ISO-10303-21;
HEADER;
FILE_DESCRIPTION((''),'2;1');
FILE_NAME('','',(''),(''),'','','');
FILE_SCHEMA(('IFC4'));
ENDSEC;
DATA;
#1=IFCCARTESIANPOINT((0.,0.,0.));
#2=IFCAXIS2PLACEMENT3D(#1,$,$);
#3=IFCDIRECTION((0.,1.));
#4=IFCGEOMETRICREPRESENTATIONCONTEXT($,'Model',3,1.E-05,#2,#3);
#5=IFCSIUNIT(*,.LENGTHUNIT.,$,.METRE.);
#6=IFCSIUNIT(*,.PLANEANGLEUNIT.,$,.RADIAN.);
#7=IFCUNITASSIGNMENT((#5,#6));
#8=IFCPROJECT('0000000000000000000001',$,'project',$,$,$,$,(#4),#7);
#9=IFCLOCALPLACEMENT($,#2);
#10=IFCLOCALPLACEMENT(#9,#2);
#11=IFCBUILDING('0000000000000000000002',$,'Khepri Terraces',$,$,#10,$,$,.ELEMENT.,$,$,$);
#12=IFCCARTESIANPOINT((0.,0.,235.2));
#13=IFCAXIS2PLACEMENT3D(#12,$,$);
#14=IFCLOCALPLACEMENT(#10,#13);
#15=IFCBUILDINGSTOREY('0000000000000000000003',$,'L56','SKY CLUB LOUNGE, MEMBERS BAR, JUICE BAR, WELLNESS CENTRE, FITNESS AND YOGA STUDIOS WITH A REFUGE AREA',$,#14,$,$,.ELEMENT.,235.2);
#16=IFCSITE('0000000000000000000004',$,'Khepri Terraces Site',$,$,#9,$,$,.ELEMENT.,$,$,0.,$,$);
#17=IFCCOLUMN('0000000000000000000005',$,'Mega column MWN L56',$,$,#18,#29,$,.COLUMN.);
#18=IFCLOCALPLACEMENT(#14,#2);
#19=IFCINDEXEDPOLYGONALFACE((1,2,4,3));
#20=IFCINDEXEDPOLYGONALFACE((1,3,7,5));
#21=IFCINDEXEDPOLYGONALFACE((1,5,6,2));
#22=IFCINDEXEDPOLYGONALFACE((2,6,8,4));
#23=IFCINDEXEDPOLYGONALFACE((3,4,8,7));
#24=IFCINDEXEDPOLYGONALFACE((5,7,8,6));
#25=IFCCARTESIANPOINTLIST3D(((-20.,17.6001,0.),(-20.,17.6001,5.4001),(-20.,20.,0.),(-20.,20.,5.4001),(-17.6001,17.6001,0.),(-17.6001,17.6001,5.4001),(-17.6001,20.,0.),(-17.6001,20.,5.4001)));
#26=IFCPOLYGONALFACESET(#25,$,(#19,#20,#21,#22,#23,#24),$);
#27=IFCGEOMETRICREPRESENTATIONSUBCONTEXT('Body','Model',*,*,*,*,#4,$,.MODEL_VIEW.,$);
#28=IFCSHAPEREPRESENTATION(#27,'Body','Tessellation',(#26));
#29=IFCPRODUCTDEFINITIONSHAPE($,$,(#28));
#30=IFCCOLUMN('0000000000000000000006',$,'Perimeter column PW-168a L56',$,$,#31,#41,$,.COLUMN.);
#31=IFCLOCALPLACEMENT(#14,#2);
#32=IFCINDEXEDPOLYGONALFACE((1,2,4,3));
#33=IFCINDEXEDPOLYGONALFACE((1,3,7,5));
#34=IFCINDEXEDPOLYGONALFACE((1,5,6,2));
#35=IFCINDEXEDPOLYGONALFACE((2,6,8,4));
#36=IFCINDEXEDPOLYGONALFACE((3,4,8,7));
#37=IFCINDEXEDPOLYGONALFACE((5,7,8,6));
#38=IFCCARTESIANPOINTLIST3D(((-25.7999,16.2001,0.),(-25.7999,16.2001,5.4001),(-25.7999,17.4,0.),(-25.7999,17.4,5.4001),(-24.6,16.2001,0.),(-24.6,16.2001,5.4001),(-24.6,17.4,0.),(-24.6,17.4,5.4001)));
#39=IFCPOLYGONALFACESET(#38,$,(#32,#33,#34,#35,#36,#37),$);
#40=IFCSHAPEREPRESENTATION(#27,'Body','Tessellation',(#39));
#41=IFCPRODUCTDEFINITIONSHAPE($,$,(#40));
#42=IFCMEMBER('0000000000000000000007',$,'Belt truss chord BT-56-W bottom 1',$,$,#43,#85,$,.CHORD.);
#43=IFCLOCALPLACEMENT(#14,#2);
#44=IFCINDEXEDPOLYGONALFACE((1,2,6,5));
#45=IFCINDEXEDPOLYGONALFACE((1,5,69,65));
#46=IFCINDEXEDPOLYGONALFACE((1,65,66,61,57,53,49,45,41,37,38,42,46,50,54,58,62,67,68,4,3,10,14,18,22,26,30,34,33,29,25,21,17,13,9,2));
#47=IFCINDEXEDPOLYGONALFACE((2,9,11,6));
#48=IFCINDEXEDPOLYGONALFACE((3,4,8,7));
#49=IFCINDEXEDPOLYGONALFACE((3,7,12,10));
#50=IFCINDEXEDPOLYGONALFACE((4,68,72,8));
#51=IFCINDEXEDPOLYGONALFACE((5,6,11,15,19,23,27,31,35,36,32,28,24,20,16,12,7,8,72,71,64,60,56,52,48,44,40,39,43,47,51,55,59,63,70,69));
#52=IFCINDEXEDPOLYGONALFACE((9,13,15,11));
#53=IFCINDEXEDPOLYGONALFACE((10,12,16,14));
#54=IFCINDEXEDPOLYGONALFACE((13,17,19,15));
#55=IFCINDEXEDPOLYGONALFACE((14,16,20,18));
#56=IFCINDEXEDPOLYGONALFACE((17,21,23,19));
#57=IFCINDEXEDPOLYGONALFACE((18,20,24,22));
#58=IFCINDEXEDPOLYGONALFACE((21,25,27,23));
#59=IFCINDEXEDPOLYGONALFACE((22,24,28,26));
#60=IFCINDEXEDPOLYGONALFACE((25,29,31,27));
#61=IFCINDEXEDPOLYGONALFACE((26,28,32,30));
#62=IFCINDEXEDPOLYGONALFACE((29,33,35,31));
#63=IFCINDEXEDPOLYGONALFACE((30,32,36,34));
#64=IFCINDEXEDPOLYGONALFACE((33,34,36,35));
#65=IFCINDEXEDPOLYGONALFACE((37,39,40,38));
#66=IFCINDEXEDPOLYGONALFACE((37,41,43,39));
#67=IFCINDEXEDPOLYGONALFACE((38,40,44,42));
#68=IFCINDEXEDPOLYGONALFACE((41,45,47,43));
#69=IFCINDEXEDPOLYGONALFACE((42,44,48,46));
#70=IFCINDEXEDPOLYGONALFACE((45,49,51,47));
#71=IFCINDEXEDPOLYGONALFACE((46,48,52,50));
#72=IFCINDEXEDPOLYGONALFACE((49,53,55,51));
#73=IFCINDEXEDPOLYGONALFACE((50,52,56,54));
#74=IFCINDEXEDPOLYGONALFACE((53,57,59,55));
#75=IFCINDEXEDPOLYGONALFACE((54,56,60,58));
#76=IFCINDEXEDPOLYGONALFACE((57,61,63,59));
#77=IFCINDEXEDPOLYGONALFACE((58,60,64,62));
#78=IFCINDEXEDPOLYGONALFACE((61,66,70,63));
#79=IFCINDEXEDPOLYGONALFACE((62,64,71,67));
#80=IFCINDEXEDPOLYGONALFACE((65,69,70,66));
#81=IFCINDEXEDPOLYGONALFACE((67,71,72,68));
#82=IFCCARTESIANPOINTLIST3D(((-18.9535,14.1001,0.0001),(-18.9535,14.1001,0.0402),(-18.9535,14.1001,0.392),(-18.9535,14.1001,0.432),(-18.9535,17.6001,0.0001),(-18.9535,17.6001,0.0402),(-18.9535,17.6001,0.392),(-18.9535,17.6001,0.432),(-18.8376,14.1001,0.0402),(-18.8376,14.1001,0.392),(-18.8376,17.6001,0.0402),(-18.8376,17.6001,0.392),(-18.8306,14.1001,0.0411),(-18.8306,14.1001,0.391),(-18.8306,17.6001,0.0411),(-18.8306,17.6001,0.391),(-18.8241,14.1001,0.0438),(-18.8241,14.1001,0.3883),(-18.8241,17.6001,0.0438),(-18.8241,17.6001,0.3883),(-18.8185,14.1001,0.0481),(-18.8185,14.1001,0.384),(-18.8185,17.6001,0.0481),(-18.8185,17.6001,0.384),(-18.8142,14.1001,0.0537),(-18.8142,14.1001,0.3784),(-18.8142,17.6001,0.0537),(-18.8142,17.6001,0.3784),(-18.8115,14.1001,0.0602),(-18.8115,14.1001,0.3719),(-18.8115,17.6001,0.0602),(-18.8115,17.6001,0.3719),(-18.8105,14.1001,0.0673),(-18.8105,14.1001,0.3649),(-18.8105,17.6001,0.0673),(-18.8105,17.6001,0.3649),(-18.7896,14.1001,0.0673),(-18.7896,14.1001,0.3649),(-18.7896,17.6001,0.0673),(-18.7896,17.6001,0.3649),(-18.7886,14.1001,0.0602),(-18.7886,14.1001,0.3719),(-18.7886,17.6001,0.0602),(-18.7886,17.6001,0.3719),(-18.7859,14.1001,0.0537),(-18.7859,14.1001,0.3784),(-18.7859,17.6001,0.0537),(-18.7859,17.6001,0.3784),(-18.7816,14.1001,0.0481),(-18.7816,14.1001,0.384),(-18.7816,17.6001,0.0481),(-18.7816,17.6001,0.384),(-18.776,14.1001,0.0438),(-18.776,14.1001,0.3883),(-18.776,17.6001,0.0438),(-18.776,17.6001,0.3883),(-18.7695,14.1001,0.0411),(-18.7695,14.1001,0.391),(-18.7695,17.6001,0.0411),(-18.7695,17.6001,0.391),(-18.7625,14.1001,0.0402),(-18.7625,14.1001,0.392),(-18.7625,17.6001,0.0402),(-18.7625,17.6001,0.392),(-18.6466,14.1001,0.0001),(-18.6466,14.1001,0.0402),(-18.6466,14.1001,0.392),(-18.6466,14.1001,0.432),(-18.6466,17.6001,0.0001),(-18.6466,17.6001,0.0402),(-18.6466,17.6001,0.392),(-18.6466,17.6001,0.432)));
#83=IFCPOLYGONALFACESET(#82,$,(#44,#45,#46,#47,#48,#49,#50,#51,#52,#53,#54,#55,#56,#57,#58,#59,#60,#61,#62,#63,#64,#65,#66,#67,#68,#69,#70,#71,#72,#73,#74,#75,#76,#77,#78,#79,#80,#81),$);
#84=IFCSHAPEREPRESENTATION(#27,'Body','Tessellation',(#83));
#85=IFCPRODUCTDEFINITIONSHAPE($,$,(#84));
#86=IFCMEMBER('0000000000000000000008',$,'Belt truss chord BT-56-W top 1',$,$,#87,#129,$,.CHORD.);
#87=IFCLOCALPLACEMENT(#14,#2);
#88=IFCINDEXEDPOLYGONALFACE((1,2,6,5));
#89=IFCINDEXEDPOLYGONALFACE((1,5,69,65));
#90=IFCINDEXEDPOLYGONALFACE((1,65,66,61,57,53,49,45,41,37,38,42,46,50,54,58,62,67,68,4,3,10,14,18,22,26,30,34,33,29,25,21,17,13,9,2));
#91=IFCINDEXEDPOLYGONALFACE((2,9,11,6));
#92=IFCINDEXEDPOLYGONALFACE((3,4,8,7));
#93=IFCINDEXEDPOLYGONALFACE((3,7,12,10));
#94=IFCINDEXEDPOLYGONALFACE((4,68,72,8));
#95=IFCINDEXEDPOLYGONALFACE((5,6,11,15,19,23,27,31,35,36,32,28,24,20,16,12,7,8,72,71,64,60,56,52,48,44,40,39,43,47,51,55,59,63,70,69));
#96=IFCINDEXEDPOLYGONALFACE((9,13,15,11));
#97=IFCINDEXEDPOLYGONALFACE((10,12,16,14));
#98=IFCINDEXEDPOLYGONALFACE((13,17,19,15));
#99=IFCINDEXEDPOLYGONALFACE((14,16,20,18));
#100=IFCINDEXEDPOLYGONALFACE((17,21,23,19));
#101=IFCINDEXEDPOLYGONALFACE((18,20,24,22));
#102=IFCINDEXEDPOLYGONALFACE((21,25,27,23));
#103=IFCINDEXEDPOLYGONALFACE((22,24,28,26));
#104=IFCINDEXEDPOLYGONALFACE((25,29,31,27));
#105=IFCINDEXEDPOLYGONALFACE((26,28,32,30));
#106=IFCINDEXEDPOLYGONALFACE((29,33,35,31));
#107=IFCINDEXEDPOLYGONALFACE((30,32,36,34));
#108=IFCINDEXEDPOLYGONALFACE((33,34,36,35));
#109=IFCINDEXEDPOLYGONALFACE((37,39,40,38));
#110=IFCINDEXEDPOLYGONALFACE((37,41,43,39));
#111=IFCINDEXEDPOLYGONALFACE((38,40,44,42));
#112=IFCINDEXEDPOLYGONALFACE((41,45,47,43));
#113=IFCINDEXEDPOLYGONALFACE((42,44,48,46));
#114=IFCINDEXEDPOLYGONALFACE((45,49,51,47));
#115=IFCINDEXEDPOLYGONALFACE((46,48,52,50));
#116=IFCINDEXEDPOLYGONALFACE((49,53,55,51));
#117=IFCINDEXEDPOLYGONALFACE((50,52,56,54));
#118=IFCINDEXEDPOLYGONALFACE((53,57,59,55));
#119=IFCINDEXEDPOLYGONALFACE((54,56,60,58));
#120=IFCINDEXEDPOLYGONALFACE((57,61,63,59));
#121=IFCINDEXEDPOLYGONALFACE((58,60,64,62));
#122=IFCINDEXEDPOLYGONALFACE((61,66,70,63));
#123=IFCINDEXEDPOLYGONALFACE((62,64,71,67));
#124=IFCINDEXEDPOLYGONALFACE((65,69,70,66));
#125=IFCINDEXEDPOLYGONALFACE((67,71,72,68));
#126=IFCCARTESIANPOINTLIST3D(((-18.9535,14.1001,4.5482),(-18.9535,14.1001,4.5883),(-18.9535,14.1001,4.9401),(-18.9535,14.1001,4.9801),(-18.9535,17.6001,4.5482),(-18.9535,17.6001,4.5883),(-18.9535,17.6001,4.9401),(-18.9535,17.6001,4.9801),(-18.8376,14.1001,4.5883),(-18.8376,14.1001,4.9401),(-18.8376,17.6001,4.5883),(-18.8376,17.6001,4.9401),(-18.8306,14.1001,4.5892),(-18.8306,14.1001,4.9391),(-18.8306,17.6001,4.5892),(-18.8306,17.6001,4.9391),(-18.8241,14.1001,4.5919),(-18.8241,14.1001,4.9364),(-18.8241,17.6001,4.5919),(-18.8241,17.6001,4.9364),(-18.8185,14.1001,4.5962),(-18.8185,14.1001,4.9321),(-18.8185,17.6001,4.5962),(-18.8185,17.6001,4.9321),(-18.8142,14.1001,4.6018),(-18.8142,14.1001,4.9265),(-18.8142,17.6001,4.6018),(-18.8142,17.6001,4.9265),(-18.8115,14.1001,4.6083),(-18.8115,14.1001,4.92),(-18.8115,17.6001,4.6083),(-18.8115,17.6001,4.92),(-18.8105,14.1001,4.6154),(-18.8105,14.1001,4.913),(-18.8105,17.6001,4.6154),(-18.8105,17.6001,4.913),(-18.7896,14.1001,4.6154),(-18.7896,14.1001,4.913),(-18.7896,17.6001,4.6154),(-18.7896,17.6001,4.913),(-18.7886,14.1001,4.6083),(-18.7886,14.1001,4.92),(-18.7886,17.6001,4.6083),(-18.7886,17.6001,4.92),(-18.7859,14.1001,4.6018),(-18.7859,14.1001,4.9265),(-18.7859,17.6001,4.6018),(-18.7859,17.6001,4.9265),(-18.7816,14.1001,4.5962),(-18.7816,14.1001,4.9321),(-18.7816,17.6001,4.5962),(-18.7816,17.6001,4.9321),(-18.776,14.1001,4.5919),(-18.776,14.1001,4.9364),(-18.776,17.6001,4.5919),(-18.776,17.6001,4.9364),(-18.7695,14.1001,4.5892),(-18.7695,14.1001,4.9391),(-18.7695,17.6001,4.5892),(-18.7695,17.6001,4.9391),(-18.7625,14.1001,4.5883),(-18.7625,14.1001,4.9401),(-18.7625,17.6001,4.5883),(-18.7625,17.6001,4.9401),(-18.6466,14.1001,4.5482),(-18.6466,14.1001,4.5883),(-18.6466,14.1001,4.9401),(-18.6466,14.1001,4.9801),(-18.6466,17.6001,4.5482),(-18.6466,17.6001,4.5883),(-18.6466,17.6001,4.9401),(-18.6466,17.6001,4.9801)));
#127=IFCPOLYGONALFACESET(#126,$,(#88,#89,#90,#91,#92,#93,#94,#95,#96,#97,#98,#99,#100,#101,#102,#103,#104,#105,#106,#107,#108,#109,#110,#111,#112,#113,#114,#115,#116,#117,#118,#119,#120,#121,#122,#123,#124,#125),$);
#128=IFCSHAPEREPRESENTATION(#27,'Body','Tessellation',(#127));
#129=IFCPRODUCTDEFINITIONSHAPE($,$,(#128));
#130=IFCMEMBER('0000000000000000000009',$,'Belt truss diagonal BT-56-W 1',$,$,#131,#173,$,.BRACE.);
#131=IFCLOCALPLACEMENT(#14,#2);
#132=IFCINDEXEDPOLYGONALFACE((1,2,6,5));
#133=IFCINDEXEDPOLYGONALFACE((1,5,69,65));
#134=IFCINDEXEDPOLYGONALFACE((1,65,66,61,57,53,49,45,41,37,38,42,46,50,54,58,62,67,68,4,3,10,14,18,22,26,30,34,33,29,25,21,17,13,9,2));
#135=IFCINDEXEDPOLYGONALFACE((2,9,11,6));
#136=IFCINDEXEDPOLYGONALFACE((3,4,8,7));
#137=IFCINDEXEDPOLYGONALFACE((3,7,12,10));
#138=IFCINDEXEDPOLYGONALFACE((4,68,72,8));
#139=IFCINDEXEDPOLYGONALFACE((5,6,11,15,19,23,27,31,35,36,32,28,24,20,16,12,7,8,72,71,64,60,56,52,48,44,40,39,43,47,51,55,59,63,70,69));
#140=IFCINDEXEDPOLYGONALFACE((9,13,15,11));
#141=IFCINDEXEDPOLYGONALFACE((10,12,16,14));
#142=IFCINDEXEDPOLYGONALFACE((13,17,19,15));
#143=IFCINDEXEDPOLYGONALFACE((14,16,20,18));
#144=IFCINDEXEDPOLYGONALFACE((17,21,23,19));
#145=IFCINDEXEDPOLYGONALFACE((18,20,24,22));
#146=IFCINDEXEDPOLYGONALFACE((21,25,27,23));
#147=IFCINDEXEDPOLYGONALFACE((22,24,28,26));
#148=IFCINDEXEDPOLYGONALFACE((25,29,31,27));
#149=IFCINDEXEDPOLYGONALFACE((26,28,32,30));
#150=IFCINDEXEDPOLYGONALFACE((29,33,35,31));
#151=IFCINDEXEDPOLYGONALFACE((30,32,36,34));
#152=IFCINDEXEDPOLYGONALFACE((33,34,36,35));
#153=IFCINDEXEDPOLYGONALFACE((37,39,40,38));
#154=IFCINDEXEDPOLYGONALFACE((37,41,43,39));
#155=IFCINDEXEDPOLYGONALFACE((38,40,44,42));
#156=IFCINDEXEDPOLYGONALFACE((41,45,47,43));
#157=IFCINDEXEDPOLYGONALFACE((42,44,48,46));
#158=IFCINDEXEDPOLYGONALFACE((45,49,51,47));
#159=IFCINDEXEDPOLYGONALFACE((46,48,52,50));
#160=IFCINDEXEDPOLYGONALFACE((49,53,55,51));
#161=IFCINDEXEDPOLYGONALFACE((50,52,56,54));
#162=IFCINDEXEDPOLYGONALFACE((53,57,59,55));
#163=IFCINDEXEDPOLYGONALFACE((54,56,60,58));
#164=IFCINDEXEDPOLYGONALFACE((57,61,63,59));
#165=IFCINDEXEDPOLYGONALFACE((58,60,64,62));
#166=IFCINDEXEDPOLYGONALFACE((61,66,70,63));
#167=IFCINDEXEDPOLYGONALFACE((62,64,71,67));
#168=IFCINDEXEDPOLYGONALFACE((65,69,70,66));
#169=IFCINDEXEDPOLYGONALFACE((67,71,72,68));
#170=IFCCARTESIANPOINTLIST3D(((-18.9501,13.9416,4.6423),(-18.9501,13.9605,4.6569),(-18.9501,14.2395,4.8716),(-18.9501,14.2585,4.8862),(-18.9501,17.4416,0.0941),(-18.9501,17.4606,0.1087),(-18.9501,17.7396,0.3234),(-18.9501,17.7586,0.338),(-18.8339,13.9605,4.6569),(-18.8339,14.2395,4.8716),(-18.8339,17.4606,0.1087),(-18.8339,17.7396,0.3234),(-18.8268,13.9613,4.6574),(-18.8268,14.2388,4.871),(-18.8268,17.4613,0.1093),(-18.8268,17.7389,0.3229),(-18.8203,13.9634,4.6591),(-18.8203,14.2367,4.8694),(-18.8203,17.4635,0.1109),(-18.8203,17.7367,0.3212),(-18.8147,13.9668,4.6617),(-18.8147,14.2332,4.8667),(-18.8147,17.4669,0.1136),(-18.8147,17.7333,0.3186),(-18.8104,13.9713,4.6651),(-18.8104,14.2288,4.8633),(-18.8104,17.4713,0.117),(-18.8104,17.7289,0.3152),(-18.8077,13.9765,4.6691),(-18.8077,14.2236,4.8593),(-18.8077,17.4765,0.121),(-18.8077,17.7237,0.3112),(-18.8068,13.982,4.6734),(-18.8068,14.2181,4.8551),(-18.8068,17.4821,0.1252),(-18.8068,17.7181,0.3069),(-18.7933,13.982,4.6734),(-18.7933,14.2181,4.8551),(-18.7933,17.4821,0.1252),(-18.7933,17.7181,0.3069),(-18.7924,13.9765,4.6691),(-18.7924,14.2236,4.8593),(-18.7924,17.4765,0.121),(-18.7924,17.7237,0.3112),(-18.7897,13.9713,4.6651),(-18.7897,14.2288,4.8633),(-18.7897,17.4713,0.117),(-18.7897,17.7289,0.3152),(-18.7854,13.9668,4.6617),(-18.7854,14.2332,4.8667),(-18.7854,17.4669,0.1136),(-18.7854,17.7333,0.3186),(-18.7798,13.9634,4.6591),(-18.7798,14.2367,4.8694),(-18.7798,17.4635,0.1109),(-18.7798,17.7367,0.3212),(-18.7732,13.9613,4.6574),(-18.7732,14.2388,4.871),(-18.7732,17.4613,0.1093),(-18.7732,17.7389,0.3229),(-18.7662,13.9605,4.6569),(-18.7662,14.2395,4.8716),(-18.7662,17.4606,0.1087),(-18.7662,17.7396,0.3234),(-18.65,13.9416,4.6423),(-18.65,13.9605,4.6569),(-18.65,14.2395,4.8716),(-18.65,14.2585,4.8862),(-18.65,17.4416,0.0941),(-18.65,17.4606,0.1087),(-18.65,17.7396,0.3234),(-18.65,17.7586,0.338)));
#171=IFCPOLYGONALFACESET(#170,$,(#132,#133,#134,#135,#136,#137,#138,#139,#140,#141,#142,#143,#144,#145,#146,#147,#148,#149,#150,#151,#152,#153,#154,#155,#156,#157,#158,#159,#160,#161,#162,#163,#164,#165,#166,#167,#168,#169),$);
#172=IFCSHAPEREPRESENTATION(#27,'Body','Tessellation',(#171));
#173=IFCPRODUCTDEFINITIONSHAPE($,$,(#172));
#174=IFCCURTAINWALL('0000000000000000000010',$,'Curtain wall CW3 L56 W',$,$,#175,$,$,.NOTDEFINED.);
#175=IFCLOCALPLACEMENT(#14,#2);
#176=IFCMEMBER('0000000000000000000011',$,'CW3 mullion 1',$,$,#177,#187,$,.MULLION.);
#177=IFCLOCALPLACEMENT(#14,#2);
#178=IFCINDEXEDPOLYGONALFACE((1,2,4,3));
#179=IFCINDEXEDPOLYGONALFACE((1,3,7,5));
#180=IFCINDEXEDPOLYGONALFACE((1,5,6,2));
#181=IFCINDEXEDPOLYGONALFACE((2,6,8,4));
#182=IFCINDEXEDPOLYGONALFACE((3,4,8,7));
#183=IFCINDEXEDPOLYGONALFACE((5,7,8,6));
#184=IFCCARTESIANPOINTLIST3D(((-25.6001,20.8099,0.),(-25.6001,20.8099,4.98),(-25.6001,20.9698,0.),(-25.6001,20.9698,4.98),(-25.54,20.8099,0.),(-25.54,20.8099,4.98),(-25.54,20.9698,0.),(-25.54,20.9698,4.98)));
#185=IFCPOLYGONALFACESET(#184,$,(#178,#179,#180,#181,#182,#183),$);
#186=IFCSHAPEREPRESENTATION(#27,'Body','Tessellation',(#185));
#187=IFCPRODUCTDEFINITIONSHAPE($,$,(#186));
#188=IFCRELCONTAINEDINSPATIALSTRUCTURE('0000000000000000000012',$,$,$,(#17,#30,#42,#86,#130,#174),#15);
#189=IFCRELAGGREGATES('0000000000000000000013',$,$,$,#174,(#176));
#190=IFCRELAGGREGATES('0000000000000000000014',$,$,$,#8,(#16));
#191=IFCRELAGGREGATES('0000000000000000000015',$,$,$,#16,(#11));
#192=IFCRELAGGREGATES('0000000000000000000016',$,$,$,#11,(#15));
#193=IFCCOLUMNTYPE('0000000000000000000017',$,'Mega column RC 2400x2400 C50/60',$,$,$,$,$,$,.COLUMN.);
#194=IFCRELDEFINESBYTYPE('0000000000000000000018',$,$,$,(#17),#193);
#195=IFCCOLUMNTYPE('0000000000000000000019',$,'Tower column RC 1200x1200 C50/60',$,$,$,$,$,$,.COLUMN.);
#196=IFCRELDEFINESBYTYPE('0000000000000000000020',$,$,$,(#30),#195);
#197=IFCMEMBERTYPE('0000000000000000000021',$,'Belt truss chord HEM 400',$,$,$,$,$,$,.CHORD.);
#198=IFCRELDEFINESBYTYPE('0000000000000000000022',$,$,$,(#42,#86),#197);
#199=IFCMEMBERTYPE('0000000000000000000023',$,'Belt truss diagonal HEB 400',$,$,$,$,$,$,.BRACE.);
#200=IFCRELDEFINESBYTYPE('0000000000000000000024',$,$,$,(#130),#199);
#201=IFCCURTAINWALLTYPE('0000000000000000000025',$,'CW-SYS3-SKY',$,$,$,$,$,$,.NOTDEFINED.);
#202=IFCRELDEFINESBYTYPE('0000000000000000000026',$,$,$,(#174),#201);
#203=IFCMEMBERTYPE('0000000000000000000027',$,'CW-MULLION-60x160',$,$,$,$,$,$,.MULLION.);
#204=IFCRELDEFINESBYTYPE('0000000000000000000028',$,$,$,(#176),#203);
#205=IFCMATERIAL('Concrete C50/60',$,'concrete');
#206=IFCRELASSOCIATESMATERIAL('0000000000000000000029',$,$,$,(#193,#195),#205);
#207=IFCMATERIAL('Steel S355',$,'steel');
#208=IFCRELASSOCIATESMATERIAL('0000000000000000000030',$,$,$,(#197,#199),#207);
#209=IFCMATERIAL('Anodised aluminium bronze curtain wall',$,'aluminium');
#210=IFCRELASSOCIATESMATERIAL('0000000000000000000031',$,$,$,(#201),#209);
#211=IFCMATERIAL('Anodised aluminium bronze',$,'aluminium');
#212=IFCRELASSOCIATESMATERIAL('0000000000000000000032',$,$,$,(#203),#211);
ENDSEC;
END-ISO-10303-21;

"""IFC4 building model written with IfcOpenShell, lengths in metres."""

from ifc_helpers import new_model, si_unit, direction, frame, origin, origin_2d, place, context, subcontext, project, spatial, rectangle, i_section, extrude, material, material_profile, profile_set, type_object, element, aggregate, save


model = new_model("IFC4")

# Units and contexts
model_context = context("Model", 3, precision=1e-05, world=origin(), true_north=direction((0.0, 1.0)))
body_context = subcontext(model_context, "Body", "Model", "MODEL_VIEW")
ifc_project = project(units=[si_unit("LENGTHUNIT", "METRE"), si_unit("PLANEANGLEUNIT", "RADIAN")], contexts=[model_context])

# Site, building, storey
site_placement = place(None, origin())
site = spatial("IfcSite", under=ifc_project, at=site_placement, Name="Khepri Terraces Site", CompositionType="ELEMENT", RefElevation=0.0)
building_placement = place(site_placement, origin())
building = spatial("IfcBuilding", under=site, at=building_placement, Name="Khepri Terraces", CompositionType="ELEMENT")
storey_placement = place(building_placement, frame((0.0, 0.0, 235.2)))
storey = spatial("IfcBuildingStorey", under=building, at=storey_placement, Name="L56", Description="SKY CLUB LOUNGE, MEMBERS BAR, JUICE BAR, WELLNESS CENTRE, FITNESS AND YOGA STUDIOS WITH A REFUGE AREA", CompositionType="ELEMENT", Elevation=235.2)

# Columns
ifc_material_1 = material(Name="Concrete C50/60", Category="concrete")
ifc_material_profile_1 = material_profile(ifc_material_1, rectangle(XDim=2.3999, YDim=2.3999, at=origin_2d()), Name="Concrete C50/60", Category="concrete")
ifc_profile_set_1 = profile_set([ifc_material_profile_1], Name="Concrete C50/60")
column_type_1 = type_object("IfcColumnType", Name="Mega column RC 2400x2400 C50/60", PredefinedType="COLUMN", material=ifc_profile_set_1)
column_1_placement = place(storey_placement, frame((-18.8, 18.8, 0.0), z_axis=(0.0, 0.0, 1.0), x_axis=(1.0, 0.0, 0.0)))
element("IfcColumn", 1, at=column_1_placement, inside=storey, type_object=column_type_1, Name="Mega column MWN L56", PredefinedType="COLUMN", context=body_context, shape_type="SweptSolid", body=[
    extrude(rectangle(XDim=2.3999, YDim=2.3999, at=origin_2d()), origin(), (0.0, 0.0, 1.0), 5.4001),
])
ifc_material_profile_2 = material_profile(ifc_material_1, rectangle(XDim=1.2, YDim=1.2, at=origin_2d()), Name="Concrete C50/60", Category="concrete")
ifc_profile_set_2 = profile_set([ifc_material_profile_2], Name="Concrete C50/60")
column_type_2 = type_object("IfcColumnType", Name="Tower column RC 1200x1200 C50/60", PredefinedType="COLUMN", material=ifc_profile_set_2)
column_2_placement = place(storey_placement, frame((-25.2, 16.8, 0.0), z_axis=(0.0, 0.0, 1.0), x_axis=(1.0, 0.0, 0.0)))
element("IfcColumn", 2, at=column_2_placement, inside=storey, type_object=column_type_2, Name="Perimeter column PW-168a L56", PredefinedType="COLUMN", context=body_context, shape_type="SweptSolid", body=[
    extrude(rectangle(XDim=1.2, YDim=1.2, at=origin_2d()), origin(), (0.0, 0.0, 1.0), 5.4001),
])

# Members
ifc_material_2 = material(Name="Steel S355", Category="steel")
ifc_material_profile_3 = material_profile(ifc_material_2, i_section(OverallWidth=0.3069, OverallDepth=0.4319, WebThickness=0.021, FlangeThickness=0.04, FilletRadius=0.0271, at=origin_2d()), Name="Steel S355", Category="steel")
ifc_profile_set_3 = profile_set([ifc_material_profile_3], Name="Steel S355")
member_type_1 = type_object("IfcMemberType", Name="Belt truss chord HEM 400", PredefinedType="CHORD", material=ifc_profile_set_3)
for number, where, z_axis, x_axis, name in (
    (3, (-18.8, 17.6001, 0.2161), (0.0, -1.0, 0.0), (1.0, 0.0, 0.0), "Belt truss chord BT-56-W bottom 1"),
    (4, (-18.8, 17.6001, 4.7642), (0.0, -1.0, 0.0), (1.0, 0.0, 0.0), "Belt truss chord BT-56-W top 1"),
):
    element("IfcMember", number, at=place(storey_placement, frame(where, z_axis=z_axis, x_axis=x_axis)), inside=storey, type_object=member_type_1, Name=name, PredefinedType="CHORD", context=body_context, shape_type="SweptSolid", body=[
        extrude(i_section(OverallWidth=0.3069, OverallDepth=0.4319, WebThickness=0.021, FlangeThickness=0.04, FilletRadius=0.0271, at=origin_2d()), origin(), (0.0, 0.0, 1.0), 3.5),
    ])
ifc_material_profile_4 = material_profile(ifc_material_2, i_section(OverallWidth=0.3, OverallDepth=0.3999, WebThickness=0.0134, FlangeThickness=0.0239, FilletRadius=0.0271, at=origin_2d()), Name="Steel S355", Category="steel")
ifc_profile_set_4 = profile_set([ifc_material_profile_4], Name="Steel S355")
member_type_2 = type_object("IfcMemberType", Name="Belt truss diagonal HEB 400", PredefinedType="BRACE", material=ifc_profile_set_4)
member_1_placement = place(storey_placement, frame((-18.8, 17.6001, 0.2161), z_axis=(0.0, -0.609871, 0.792501), x_axis=(1.0, 0.0, 0.0)))
element("IfcMember", 5, at=member_1_placement, inside=storey, type_object=member_type_2, Name="Belt truss diagonal BT-56-W 1", PredefinedType="BRACE", context=body_context, shape_type="SweptSolid", body=[
    extrude(i_section(OverallWidth=0.3, OverallDepth=0.3999, WebThickness=0.0134, FlangeThickness=0.0239, FilletRadius=0.0271, at=origin_2d()), origin(), (0.0, 0.0, 1.0), 5.739),
])

# Curtain wall, member
ifc_material_3 = material(Name="Anodised aluminium bronze curtain wall", Category="aluminium")
curtain_wall_type = type_object("IfcCurtainWallType", Name="CW-SYS3-SKY", PredefinedType="NOTDEFINED", material=ifc_material_3)
curtain_wall_1_placement = place(storey_placement, origin())
curtain_wall_1 = element("IfcCurtainWall", 6, at=curtain_wall_1_placement, inside=storey, type_object=curtain_wall_type, Name="Curtain wall CW3 L56 W", PredefinedType="NOTDEFINED")
ifc_material_4 = material(Name="Anodised aluminium bronze", Category="aluminium")
ifc_material_profile_5 = material_profile(ifc_material_4, rectangle(XDim=0.0601, YDim=0.1599, at=origin_2d()), Name="Anodised aluminium bronze", Category="aluminium")
ifc_profile_set_5 = profile_set([ifc_material_profile_5], Name="Anodised aluminium bronze")
member_type_3 = type_object("IfcMemberType", Name="CW-MULLION-60x160", PredefinedType="MULLION", material=ifc_profile_set_5)
member_2_placement = place(storey_placement, frame((-25.5701, 20.8899, 0.0), z_axis=(0.0, 0.0, 1.0), x_axis=(1.0, 0.0, 0.0)))
member_2 = element("IfcMember", 7, at=member_2_placement, type_object=member_type_3, Name="CW3 mullion 1", PredefinedType="MULLION", context=body_context, shape_type="SweptSolid", body=[
    extrude(rectangle(XDim=0.0601, YDim=0.1599, at=origin_2d()), origin(), (0.0, 0.0, 1.0), 4.98),
])

aggregate(curtain_wall_1, [member_2])

save(model, "model.ifc")
